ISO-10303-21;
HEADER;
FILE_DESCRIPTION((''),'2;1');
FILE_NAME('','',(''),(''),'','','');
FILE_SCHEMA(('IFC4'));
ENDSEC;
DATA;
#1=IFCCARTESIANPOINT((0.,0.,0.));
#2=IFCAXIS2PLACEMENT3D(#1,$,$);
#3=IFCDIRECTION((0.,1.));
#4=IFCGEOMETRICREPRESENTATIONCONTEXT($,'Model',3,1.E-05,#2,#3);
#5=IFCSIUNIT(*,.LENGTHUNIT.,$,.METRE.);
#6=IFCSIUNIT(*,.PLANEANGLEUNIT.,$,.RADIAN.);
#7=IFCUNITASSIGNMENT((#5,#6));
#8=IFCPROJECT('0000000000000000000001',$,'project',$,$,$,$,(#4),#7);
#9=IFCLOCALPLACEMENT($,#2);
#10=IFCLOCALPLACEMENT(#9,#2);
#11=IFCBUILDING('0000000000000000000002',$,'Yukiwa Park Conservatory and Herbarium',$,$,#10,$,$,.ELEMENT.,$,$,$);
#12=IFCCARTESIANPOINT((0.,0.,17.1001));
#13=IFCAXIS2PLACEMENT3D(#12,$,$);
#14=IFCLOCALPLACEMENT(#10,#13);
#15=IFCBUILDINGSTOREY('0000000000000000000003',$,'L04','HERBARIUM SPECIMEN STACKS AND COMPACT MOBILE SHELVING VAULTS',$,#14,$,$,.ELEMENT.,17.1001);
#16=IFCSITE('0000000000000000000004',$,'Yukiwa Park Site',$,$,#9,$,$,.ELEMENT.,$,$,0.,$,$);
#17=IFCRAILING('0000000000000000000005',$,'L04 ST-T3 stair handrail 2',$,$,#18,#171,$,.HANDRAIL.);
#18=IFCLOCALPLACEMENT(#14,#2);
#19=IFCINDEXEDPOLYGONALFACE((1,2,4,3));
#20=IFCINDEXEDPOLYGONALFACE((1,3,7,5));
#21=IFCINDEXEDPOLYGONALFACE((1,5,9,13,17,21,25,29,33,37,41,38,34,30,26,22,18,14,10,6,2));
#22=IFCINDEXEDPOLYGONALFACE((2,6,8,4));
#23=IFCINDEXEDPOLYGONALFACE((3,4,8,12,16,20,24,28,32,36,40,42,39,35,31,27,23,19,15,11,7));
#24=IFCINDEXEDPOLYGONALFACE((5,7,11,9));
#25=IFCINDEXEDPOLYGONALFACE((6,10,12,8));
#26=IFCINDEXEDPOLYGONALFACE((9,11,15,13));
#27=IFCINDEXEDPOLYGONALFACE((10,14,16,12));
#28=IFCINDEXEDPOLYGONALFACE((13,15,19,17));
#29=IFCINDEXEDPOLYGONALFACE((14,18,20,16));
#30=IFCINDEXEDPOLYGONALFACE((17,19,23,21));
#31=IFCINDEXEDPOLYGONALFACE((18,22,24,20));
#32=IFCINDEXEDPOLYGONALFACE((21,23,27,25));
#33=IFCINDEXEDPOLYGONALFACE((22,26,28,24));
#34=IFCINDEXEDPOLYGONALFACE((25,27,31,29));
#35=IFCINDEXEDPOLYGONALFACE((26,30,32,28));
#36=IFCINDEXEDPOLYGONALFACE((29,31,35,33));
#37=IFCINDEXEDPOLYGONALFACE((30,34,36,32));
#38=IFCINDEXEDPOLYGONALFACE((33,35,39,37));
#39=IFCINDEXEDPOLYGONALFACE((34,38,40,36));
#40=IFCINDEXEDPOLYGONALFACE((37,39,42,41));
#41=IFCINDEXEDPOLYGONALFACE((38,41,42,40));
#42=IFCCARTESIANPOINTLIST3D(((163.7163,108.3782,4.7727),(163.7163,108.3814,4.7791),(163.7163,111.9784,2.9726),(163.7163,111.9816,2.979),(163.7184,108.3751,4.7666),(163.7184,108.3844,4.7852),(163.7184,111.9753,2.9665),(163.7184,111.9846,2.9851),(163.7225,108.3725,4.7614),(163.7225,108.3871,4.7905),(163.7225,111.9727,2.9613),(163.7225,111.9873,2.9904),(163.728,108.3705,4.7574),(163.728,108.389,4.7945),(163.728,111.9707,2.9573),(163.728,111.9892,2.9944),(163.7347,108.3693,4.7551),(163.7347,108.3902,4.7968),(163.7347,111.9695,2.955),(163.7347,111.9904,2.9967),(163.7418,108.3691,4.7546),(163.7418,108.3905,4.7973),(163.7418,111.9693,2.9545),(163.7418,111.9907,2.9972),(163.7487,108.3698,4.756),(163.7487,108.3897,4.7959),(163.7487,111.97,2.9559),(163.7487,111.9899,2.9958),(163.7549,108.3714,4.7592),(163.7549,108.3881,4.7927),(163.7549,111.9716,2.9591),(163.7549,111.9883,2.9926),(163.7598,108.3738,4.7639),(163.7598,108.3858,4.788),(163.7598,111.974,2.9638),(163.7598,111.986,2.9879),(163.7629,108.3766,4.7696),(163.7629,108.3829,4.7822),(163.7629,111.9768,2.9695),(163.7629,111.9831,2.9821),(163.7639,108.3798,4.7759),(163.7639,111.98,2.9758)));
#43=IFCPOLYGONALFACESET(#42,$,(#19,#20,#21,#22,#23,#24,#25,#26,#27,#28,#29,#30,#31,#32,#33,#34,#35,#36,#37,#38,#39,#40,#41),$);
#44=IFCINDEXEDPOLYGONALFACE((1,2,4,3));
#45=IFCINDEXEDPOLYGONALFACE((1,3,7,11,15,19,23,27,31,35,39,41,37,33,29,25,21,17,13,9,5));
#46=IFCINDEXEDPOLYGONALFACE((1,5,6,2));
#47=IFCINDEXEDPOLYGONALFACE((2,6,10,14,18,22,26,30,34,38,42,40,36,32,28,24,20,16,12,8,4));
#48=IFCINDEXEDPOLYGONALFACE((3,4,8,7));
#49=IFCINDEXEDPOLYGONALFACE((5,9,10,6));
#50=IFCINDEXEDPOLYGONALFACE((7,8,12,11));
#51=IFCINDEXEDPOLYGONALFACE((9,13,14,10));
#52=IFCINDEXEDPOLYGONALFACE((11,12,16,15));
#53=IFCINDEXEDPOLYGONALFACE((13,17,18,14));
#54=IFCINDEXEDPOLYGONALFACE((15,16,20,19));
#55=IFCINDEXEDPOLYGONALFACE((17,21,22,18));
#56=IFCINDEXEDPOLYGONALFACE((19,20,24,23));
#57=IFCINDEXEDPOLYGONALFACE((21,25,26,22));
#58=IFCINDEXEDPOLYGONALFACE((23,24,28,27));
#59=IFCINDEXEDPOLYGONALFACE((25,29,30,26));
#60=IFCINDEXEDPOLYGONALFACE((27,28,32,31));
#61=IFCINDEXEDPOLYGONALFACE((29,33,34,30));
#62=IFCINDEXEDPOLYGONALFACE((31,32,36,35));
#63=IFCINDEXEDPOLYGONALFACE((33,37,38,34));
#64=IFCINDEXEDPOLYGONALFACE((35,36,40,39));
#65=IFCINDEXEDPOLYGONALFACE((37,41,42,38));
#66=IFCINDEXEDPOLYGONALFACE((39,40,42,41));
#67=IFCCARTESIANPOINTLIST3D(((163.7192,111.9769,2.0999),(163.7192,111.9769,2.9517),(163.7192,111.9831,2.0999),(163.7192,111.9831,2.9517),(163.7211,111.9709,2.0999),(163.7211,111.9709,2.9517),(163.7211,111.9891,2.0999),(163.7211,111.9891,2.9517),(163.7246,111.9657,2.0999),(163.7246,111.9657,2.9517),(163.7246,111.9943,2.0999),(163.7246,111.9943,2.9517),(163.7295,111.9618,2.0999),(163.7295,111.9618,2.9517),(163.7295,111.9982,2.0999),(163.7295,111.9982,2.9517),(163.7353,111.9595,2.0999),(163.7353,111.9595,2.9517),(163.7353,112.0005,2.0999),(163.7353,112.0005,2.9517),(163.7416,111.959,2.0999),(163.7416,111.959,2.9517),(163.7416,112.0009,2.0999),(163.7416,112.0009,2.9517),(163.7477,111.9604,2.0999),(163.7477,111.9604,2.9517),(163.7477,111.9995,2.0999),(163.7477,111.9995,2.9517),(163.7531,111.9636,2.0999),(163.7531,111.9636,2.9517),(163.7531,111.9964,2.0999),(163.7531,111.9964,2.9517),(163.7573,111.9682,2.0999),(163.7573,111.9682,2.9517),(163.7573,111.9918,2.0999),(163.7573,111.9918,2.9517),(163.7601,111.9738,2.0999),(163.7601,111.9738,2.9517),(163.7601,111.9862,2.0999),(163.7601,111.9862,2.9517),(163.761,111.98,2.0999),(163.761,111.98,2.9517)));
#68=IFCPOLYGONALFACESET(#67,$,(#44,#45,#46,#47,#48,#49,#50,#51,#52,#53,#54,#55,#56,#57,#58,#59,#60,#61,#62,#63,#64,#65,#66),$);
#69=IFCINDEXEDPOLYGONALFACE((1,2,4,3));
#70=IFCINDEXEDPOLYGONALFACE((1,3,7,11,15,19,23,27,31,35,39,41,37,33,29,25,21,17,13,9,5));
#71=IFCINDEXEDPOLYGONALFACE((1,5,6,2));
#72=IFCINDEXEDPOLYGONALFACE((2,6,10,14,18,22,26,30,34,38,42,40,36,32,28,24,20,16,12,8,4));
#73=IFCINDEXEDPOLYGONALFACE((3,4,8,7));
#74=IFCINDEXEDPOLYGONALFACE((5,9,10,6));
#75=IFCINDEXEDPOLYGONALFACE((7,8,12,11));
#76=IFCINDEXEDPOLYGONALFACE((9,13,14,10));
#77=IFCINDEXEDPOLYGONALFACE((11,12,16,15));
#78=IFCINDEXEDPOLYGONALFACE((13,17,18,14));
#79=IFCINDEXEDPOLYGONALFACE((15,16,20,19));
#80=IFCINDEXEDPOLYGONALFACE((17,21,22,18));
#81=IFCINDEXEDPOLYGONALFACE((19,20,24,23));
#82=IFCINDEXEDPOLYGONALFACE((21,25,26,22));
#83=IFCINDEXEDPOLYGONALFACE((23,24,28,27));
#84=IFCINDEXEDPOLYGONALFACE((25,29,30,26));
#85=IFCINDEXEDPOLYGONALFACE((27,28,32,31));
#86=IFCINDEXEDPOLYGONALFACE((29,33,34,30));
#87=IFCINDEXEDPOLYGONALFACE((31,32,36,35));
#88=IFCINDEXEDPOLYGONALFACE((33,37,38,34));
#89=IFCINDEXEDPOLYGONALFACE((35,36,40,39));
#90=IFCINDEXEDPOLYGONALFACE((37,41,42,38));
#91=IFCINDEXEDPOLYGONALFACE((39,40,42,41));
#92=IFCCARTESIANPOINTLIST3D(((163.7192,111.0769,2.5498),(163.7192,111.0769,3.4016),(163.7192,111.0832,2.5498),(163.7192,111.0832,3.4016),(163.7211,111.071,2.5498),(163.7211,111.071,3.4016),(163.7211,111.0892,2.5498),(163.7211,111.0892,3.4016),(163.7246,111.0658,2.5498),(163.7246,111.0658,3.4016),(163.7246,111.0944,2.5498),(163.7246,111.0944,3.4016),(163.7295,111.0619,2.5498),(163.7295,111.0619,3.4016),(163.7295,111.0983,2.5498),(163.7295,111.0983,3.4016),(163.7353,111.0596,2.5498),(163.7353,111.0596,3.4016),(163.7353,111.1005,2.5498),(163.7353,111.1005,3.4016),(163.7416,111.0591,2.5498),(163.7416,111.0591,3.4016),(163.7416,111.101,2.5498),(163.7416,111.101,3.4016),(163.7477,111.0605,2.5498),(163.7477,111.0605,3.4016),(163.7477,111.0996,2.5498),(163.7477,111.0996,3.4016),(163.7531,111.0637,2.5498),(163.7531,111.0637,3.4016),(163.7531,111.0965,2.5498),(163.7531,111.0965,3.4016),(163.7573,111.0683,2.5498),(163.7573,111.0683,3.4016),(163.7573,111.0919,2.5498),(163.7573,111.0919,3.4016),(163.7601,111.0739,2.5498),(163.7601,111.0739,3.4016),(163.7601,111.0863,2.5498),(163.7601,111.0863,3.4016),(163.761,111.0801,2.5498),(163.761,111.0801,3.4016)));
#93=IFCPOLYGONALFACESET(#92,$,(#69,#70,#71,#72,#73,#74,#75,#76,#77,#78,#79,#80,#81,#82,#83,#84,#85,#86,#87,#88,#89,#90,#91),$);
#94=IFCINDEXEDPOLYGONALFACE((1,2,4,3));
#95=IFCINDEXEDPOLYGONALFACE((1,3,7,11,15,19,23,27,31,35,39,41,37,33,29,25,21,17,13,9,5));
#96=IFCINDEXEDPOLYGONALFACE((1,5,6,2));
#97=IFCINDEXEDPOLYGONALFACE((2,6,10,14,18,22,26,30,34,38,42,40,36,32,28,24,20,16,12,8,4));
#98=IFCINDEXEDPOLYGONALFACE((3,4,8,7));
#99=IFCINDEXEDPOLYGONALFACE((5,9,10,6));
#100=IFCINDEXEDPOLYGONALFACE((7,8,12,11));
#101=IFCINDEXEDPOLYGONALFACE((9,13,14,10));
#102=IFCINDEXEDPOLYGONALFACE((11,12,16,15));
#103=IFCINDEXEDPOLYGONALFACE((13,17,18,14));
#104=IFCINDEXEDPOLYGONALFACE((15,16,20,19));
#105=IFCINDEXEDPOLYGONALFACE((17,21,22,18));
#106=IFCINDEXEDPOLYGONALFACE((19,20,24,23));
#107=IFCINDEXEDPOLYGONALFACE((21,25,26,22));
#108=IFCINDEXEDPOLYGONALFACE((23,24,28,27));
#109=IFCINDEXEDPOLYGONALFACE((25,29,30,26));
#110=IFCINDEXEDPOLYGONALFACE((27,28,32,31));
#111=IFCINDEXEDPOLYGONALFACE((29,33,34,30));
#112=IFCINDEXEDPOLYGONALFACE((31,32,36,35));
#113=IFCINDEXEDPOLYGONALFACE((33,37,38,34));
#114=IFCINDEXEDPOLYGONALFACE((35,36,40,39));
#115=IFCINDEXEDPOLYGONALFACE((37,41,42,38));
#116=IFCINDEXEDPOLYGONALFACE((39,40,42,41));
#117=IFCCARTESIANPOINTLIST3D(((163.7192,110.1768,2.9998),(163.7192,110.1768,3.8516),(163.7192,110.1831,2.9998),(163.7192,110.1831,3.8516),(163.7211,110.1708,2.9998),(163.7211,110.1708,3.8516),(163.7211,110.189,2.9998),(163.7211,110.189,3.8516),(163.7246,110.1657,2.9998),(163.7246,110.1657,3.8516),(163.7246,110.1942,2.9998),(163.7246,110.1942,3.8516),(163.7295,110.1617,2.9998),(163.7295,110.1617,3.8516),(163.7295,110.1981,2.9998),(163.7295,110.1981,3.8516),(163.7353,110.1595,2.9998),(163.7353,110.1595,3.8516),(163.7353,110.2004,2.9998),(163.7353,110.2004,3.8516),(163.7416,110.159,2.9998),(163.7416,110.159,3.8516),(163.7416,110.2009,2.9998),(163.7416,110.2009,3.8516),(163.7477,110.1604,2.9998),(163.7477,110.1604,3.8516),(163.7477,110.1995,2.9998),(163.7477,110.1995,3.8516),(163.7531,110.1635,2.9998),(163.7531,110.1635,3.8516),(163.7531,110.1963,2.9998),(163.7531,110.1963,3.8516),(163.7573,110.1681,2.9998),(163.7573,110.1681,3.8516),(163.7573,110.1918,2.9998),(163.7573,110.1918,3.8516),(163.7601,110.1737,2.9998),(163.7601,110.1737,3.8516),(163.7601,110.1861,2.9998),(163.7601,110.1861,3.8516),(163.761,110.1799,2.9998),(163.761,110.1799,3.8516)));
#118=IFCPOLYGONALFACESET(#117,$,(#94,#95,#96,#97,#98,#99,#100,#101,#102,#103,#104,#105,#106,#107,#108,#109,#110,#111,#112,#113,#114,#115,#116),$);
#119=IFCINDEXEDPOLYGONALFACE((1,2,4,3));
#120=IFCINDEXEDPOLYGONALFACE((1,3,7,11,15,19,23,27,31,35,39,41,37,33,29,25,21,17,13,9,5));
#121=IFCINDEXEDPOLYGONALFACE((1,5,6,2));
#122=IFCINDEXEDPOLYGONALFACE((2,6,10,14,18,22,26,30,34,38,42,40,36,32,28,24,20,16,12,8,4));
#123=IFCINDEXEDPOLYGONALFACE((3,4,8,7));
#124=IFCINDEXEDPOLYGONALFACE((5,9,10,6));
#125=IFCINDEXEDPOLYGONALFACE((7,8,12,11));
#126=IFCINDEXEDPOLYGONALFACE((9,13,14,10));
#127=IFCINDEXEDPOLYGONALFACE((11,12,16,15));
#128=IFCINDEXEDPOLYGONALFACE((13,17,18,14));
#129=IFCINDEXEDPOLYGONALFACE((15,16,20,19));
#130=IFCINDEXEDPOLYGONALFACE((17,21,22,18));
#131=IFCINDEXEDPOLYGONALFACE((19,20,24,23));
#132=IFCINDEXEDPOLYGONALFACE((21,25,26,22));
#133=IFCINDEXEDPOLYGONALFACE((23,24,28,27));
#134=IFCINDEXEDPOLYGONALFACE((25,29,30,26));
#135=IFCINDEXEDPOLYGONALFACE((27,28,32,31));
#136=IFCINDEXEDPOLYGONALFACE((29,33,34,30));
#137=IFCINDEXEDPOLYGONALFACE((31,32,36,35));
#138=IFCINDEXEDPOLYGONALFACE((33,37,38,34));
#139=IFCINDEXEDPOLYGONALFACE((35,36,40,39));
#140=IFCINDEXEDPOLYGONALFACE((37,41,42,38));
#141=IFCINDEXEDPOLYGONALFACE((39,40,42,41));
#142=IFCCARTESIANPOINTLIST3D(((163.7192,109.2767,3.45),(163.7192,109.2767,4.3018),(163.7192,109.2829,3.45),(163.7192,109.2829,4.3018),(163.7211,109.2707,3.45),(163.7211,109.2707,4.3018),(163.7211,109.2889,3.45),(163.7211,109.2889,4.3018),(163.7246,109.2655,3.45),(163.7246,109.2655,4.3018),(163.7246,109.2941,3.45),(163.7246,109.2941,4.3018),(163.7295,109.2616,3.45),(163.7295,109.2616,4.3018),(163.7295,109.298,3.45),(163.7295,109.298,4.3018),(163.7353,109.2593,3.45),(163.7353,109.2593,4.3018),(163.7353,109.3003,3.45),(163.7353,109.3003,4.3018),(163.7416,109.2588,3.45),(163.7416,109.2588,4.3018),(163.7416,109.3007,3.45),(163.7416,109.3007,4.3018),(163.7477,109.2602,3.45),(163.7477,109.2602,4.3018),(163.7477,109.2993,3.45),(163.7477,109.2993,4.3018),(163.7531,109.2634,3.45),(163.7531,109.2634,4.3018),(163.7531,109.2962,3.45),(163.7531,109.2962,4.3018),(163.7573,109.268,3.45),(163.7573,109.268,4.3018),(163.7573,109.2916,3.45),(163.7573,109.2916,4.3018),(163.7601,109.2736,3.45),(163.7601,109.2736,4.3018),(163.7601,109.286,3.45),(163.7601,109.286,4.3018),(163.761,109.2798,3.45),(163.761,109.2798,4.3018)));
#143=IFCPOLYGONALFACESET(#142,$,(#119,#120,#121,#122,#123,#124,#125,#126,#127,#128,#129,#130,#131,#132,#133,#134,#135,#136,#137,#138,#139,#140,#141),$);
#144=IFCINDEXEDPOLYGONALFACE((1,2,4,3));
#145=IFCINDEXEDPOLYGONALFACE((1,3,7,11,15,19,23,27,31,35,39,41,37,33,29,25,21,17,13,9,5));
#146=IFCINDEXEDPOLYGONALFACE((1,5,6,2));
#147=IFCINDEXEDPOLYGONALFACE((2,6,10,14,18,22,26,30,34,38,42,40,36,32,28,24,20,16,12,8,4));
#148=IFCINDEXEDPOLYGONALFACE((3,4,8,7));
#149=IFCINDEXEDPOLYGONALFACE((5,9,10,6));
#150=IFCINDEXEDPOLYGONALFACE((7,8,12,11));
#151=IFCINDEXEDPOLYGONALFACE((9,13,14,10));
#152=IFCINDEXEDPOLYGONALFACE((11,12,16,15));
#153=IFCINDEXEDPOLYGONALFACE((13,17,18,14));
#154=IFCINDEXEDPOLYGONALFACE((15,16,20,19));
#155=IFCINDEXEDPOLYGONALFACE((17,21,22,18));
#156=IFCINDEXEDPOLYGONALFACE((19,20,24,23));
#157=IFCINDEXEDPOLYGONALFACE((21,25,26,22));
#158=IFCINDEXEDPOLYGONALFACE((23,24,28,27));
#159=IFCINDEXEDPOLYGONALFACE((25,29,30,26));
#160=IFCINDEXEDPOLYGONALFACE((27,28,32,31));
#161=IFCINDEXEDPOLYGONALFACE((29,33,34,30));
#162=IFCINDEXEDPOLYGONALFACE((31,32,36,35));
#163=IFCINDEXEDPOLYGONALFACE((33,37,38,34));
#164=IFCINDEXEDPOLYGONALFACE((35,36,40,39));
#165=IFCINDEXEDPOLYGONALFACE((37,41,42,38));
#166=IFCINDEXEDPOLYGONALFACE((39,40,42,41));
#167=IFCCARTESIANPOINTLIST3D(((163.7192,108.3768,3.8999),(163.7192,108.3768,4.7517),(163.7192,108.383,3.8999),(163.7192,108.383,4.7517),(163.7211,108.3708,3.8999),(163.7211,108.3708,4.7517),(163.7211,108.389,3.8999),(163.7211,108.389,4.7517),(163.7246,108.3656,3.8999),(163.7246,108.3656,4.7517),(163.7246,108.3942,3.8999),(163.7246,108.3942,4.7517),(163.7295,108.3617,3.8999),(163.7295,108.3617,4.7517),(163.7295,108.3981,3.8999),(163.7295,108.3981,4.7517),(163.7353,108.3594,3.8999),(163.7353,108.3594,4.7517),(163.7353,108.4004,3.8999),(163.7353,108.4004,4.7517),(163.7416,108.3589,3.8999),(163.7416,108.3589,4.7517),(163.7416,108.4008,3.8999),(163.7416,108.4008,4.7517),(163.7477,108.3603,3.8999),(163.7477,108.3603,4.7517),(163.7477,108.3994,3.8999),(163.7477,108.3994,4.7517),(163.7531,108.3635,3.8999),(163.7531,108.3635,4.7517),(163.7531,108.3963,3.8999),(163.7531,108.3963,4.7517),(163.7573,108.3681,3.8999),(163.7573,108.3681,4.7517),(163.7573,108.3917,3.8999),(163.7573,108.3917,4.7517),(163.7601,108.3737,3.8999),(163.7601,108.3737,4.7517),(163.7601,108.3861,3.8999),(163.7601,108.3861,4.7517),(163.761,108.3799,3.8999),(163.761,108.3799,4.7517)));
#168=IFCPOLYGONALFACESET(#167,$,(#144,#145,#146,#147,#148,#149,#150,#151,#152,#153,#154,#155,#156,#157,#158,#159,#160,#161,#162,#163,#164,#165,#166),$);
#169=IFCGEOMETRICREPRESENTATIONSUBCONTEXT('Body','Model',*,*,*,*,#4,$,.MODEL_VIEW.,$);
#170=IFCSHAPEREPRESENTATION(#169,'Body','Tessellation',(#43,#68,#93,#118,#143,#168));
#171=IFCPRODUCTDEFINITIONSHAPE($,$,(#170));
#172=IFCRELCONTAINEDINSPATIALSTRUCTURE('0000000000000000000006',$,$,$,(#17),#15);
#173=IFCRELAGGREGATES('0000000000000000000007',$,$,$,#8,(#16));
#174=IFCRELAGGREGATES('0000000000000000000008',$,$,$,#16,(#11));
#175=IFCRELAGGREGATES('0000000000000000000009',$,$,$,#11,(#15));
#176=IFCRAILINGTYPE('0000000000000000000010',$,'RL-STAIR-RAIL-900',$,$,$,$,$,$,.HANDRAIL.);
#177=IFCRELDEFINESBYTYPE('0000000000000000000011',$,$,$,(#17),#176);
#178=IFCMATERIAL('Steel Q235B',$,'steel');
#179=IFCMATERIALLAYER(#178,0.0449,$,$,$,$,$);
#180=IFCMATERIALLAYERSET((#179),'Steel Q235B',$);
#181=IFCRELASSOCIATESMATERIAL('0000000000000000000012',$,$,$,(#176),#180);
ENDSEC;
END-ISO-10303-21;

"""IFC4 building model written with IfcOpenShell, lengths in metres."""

from ifc_helpers import new_model, si_unit, direction, frame, origin, origin_2d, place, context, subcontext, project, spatial, circle, extrude, material, layer, layer_set, type_object, element, save


model = new_model("IFC4")

# Units and contexts
model_context = context("Model", 3, precision=1e-05, world=origin(), true_north=direction((0.0, 1.0)))
body_context = subcontext(model_context, "Body", "Model", "MODEL_VIEW")
ifc_project = project(units=[si_unit("LENGTHUNIT", "METRE"), si_unit("PLANEANGLEUNIT", "RADIAN")], contexts=[model_context])

# Site, building, storey
site_placement = place(None, origin())
site = spatial("IfcSite", under=ifc_project, at=site_placement, Name="Yukiwa Park Site", CompositionType="ELEMENT", RefElevation=0.0)
building_placement = place(site_placement, origin())
building = spatial("IfcBuilding", under=site, at=building_placement, Name="Yukiwa Park Conservatory and Herbarium", CompositionType="ELEMENT")
storey_placement = place(building_placement, frame((0.0, 0.0, 17.1001)))
storey = spatial("IfcBuildingStorey", under=building, at=storey_placement, Name="L04", Description="HERBARIUM SPECIMEN STACKS AND COMPACT MOBILE SHELVING VAULTS", CompositionType="ELEMENT", Elevation=17.1001)

# Railing
ifc_material_1 = material(Name="Steel Q235B", Category="steel")
ifc_layer_1 = layer(ifc_material_1, 0.0449)
ifc_layer_set_1 = layer_set([ifc_layer_1], Name="Steel Q235B")
railing_type_1 = type_object("IfcRailingType", Name="RL-STAIR-RAIL-900", PredefinedType="HANDRAIL", material=ifc_layer_set_1)
railing_1_placement = place(storey_placement, frame((163.74, 111.98, 2.0999)))
element("IfcRailing", 1, at=railing_1_placement, inside=storey, type_object=railing_type_1, Name="L04 ST-T3 stair handrail 2", PredefinedType="HANDRAIL", context=body_context, shape_type="SweptSolid", body=[
    extrude(circle(Radius=0.0239, at=origin_2d()), frame((0.0, 0.0, 0.876), z_axis=(0.0, -0.894427, 0.447214), x_axis=(1.0, 0.0, 0.0)), (0.0, 0.0, 1.0), 4.0251),
    extrude(circle(Radius=0.021, at=origin_2d()), origin(), (0.0, 0.0, 1.0), 0.8518),
    extrude(circle(Radius=0.021, at=origin_2d()), frame((0.0, -0.8999, 0.45)), (0.0, 0.0, 1.0), 0.8518),
    extrude(circle(Radius=0.021, at=origin_2d()), frame((0.0, -1.8, 0.8999)), (0.0, 0.0, 1.0), 0.8518),
    extrude(circle(Radius=0.021, at=origin_2d()), frame((0.0, -2.7002, 1.3501)), (0.0, 0.0, 1.0), 0.8518),
    extrude(circle(Radius=0.021, at=origin_2d()), frame((0.0, -3.6001, 1.8)), (0.0, 0.0, 1.0), 0.8518),
])

save(model, "model.ifc")
